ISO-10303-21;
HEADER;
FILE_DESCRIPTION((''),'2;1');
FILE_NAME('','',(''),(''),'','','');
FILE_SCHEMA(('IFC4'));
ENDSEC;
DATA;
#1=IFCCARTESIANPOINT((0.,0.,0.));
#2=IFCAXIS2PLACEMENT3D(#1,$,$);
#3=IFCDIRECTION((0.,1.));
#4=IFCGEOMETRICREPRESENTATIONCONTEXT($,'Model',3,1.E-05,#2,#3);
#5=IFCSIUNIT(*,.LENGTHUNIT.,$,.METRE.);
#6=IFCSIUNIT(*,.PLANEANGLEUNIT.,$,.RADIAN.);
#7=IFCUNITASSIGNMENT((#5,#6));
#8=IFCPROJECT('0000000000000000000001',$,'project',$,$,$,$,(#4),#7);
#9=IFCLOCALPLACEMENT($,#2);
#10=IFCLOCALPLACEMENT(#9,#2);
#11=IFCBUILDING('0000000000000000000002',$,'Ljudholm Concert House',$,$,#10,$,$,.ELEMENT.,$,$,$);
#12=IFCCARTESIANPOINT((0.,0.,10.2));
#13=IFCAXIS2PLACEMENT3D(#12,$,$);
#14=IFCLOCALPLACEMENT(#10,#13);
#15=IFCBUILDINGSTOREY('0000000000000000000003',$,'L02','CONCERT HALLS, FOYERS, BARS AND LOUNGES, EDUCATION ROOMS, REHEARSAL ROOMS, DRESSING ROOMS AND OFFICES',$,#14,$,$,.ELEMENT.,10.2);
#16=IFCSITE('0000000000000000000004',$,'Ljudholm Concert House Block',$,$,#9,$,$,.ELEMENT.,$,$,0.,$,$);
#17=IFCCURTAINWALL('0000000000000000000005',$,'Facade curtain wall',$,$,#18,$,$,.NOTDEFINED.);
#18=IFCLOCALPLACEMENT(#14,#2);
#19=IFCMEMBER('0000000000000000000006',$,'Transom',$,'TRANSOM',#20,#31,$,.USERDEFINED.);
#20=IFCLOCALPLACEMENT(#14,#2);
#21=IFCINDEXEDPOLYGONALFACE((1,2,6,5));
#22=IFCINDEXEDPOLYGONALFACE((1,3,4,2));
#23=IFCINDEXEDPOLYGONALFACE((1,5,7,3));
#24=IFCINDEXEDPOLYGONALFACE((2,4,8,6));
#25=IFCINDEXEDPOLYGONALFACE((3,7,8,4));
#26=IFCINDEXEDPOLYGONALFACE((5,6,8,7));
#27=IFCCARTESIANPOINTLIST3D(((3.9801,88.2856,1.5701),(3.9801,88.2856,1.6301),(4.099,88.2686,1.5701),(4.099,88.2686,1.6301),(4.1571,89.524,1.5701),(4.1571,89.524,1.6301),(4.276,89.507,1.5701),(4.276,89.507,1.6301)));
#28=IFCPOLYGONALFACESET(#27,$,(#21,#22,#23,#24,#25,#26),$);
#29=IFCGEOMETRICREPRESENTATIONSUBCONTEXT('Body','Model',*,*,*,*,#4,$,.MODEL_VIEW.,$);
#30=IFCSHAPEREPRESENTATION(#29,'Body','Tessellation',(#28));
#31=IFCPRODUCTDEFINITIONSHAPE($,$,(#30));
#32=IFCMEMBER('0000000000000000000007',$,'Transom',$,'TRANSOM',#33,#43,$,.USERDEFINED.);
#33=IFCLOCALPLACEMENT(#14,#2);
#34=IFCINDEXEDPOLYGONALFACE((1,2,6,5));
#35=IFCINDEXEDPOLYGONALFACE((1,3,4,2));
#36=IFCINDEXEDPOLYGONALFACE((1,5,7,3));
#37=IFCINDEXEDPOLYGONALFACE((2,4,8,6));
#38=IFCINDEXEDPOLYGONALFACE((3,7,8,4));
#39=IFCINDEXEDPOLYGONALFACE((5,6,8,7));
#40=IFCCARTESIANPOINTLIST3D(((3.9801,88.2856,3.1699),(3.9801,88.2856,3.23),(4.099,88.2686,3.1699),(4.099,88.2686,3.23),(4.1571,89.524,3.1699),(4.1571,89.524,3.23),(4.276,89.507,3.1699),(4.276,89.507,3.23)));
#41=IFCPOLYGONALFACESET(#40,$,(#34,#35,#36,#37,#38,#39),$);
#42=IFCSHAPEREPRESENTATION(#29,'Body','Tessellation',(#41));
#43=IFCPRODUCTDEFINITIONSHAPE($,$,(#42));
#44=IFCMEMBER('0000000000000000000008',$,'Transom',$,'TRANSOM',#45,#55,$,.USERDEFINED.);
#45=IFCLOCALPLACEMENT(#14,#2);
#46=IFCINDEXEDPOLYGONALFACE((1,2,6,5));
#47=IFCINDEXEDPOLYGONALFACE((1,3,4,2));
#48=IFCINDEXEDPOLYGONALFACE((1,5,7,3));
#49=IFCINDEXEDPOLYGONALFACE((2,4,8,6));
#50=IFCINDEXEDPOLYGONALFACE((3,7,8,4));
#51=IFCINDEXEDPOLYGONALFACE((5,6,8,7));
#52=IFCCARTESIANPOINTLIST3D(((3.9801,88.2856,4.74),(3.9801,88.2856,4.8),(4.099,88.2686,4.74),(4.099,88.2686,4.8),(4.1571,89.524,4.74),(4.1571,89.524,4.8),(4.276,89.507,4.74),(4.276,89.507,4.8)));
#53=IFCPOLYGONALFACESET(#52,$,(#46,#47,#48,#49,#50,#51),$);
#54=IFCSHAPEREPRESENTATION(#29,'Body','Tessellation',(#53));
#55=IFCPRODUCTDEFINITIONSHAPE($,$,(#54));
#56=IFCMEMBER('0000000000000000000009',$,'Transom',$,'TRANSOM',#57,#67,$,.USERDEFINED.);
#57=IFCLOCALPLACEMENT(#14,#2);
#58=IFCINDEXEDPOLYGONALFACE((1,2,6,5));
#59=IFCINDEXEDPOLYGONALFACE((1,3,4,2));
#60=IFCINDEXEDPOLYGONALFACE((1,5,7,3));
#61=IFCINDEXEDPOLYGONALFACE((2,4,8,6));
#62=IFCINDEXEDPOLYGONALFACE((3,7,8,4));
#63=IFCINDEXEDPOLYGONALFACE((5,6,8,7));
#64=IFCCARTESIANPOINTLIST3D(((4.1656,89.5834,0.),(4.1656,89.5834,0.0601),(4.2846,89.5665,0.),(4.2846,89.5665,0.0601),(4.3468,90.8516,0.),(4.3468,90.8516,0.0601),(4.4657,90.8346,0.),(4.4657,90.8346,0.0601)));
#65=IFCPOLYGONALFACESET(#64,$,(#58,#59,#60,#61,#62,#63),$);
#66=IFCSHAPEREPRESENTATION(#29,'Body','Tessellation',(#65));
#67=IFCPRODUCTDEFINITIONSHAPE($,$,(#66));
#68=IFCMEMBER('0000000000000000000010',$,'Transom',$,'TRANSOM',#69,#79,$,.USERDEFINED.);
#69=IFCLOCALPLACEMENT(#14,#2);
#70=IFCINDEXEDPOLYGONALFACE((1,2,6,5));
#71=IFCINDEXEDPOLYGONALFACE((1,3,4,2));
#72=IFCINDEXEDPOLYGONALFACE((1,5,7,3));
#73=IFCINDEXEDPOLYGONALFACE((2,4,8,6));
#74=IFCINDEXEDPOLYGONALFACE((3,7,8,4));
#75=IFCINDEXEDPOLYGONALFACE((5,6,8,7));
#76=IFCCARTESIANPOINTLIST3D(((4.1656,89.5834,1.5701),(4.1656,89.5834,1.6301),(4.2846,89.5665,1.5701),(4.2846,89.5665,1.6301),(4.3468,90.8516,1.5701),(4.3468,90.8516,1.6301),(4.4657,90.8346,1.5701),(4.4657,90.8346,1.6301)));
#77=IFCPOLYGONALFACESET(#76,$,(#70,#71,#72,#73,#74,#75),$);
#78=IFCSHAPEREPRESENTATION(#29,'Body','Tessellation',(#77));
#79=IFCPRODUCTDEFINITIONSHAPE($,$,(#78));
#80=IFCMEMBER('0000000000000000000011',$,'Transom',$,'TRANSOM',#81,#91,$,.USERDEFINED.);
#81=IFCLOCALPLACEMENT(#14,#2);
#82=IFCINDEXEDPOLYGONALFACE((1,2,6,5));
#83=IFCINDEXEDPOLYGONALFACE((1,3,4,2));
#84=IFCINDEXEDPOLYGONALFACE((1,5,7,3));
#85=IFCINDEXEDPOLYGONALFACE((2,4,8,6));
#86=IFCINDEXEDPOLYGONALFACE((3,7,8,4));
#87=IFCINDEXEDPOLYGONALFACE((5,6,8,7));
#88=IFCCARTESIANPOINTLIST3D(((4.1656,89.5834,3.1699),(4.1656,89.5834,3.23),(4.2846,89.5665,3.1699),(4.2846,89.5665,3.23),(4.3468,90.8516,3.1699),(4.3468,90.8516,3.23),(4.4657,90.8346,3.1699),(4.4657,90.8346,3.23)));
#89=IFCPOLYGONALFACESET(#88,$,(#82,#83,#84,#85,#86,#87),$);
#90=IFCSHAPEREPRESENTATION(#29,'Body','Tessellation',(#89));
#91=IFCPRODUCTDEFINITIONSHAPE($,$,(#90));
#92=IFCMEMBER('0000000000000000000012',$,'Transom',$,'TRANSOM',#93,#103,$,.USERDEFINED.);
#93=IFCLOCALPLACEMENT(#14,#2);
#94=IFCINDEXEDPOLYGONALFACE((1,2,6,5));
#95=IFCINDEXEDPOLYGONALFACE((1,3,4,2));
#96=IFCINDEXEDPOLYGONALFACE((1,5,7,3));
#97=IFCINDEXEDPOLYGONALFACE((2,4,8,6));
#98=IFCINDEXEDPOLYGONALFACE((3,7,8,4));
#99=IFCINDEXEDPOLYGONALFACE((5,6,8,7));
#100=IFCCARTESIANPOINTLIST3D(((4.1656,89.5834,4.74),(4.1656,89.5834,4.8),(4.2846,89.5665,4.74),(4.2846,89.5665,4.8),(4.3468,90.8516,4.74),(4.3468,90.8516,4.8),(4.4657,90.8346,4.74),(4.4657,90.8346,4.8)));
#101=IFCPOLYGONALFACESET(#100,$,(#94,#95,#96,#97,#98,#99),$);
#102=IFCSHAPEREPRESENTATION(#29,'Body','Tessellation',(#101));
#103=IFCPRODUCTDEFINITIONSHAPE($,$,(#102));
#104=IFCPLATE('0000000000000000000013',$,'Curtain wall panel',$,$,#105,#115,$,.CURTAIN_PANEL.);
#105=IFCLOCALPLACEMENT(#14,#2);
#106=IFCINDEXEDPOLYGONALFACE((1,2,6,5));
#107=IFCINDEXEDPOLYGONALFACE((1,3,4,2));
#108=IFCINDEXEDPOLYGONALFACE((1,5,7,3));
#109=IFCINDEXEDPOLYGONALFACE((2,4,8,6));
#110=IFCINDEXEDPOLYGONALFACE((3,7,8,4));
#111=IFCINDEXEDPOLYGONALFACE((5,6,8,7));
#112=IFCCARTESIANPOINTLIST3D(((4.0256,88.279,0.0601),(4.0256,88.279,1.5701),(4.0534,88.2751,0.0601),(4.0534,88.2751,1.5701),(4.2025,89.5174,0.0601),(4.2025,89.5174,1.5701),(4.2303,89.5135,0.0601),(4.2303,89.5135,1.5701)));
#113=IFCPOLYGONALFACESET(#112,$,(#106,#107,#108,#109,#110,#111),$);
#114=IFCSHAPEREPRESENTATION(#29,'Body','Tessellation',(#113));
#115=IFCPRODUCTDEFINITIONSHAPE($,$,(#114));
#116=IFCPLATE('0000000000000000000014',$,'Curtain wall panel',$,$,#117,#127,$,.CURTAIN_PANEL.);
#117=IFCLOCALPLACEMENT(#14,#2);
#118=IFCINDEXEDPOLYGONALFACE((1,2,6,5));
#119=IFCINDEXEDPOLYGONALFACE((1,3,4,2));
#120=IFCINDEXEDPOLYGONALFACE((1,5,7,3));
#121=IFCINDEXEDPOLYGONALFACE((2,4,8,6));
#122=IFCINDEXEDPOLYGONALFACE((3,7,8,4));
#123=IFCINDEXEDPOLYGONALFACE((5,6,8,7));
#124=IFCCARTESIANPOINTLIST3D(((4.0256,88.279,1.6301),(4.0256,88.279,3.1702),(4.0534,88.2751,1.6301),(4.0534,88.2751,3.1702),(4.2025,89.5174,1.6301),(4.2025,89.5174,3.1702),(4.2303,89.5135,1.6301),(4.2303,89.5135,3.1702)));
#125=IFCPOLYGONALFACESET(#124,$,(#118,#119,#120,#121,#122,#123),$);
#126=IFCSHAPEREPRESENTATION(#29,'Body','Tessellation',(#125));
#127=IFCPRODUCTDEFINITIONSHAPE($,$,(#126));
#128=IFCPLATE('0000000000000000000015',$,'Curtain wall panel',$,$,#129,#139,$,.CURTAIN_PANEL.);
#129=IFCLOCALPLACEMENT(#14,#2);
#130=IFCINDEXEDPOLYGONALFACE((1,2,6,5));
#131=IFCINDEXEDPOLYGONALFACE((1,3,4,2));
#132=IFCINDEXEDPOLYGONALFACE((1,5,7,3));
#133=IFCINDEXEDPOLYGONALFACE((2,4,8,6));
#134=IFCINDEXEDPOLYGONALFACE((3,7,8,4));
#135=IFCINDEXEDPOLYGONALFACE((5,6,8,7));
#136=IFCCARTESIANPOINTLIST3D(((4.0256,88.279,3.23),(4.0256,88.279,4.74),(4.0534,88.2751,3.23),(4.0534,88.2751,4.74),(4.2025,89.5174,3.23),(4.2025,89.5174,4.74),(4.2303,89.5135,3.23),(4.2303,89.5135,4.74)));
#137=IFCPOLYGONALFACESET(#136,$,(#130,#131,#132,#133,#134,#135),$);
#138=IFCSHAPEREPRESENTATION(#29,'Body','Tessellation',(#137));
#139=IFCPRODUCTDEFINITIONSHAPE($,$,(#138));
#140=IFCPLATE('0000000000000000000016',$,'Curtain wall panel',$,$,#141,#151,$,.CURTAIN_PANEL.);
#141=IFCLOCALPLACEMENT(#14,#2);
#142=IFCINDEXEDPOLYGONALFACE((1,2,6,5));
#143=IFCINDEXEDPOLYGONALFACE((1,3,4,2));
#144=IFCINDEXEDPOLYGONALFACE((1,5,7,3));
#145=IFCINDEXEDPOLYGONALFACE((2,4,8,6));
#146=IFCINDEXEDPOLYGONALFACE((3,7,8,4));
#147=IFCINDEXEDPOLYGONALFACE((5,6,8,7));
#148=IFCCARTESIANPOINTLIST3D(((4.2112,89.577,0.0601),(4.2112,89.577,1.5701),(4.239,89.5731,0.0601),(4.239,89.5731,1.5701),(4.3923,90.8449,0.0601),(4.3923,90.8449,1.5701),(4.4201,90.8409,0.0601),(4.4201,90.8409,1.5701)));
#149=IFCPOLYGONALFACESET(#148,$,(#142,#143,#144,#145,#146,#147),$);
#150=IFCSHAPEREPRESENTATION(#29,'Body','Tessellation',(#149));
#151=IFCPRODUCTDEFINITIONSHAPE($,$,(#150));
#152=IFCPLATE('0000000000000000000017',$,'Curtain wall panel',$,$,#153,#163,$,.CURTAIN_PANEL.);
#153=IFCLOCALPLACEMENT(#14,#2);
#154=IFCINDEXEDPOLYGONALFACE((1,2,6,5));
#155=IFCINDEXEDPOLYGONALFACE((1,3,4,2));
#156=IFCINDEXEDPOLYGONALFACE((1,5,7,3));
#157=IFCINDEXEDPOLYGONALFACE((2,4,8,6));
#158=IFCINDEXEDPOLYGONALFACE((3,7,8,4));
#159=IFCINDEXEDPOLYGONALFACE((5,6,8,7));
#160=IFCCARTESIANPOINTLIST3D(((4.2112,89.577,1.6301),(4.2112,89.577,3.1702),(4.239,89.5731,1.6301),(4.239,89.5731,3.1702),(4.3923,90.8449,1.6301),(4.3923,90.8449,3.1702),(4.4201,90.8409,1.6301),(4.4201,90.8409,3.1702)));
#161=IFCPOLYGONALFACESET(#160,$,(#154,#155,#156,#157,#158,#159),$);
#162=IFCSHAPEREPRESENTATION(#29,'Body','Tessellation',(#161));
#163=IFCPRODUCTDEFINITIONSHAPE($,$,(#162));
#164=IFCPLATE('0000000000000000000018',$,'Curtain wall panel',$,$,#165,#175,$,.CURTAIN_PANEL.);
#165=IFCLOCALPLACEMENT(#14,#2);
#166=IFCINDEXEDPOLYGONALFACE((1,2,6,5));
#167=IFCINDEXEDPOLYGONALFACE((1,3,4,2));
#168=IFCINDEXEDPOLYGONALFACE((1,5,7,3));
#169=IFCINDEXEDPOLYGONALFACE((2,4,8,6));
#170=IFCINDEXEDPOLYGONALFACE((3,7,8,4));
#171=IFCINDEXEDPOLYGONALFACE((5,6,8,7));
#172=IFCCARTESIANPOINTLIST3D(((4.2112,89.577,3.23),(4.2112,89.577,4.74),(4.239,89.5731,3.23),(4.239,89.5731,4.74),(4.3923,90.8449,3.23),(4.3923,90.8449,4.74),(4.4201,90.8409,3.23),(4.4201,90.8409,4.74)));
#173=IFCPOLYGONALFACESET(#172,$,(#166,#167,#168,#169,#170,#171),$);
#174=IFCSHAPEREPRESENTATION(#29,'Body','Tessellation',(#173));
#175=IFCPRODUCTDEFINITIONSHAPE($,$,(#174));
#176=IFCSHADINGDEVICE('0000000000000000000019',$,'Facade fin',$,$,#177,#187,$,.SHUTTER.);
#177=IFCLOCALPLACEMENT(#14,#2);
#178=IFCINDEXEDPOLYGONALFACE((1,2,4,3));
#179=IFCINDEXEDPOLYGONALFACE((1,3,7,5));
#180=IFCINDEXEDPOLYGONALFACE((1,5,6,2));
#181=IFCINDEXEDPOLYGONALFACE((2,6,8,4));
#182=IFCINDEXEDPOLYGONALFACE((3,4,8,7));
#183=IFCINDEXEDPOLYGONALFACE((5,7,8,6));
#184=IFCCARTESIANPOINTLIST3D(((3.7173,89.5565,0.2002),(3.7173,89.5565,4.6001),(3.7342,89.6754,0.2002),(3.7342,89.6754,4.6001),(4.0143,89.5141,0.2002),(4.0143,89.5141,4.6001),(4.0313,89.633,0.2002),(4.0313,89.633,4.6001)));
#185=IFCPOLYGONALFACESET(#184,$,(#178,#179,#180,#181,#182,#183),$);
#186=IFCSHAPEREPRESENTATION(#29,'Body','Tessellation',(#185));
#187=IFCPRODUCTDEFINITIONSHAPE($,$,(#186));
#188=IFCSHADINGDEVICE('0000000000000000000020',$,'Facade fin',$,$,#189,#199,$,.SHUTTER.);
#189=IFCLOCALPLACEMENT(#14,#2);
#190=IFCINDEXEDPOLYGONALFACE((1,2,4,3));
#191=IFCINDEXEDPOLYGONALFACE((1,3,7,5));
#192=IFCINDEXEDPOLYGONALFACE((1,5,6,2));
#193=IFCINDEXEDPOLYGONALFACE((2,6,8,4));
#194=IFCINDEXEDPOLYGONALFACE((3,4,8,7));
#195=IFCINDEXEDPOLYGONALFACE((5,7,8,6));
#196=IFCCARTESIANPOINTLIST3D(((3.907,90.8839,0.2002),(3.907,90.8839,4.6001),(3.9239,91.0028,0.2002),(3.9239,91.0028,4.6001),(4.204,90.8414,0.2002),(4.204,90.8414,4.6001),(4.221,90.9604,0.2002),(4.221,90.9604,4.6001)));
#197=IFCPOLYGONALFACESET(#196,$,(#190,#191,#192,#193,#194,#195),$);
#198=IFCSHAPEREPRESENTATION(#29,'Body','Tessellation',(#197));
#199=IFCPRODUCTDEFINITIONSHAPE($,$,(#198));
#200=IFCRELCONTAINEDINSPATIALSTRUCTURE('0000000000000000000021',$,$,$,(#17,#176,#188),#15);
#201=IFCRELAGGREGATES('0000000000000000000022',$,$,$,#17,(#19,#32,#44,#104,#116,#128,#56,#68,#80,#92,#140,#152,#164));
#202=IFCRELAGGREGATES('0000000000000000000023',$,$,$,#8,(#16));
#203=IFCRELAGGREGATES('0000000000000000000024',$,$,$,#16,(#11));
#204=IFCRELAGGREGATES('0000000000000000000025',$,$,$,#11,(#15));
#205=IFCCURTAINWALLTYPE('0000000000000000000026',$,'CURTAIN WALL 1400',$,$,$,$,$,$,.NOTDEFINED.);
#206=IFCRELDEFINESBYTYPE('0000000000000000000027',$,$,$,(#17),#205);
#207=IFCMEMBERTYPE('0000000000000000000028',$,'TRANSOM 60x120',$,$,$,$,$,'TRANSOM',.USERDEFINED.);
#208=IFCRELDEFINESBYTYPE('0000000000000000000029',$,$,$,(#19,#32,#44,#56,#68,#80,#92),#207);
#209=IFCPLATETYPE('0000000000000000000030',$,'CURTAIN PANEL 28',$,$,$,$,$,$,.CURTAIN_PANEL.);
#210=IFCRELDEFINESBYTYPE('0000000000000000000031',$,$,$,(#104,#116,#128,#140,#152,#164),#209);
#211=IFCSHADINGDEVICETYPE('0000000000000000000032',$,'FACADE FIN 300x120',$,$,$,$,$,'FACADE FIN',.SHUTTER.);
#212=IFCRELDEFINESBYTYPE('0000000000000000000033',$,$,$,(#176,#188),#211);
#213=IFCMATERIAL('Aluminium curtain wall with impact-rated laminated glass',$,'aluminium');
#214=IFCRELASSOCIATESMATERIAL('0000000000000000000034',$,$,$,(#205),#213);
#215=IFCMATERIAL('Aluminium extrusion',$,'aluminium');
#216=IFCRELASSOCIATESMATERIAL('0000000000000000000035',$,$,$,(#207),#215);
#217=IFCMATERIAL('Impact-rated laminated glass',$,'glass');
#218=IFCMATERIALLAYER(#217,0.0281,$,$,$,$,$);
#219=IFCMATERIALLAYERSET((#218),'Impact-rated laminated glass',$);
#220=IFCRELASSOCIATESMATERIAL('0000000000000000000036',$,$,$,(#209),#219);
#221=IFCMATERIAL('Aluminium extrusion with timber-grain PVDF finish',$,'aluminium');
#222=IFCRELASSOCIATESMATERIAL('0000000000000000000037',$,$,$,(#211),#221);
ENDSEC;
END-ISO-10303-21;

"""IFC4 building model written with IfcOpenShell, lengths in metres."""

from ifc_helpers import new_model, si_unit, direction, frame, origin, origin_2d, place, context, subcontext, project, spatial, rectangle, extrude, material, layer, layer_set, material_profile, profile_set, type_object, element, aggregate, save


model = new_model("IFC4")

# Units and contexts
model_context = context("Model", 3, precision=1e-05, world=origin(), true_north=direction((0.0, 1.0)))
body_context = subcontext(model_context, "Body", "Model", "MODEL_VIEW")
ifc_project = project(units=[si_unit("LENGTHUNIT", "METRE"), si_unit("PLANEANGLEUNIT", "RADIAN")], contexts=[model_context])

# Site, building, storey
site_placement = place(None, origin())
site = spatial("IfcSite", under=ifc_project, at=site_placement, Name="Ljudholm Concert House Block", CompositionType="ELEMENT", RefElevation=0.0)
building_placement = place(site_placement, origin())
building = spatial("IfcBuilding", under=site, at=building_placement, Name="Ljudholm Concert House", CompositionType="ELEMENT")
storey_placement = place(building_placement, frame((0.0, 0.0, 10.2)))
storey = spatial("IfcBuildingStorey", under=building, at=storey_placement, Name="L02", Description="CONCERT HALLS, FOYERS, BARS AND LOUNGES, EDUCATION ROOMS, REHEARSAL ROOMS, DRESSING ROOMS AND OFFICES", CompositionType="ELEMENT", Elevation=10.2)

# Curtain wall
ifc_material_1 = material(Name="Aluminium curtain wall with impact-rated laminated glass", Category="aluminium")
curtain_wall_type = type_object("IfcCurtainWallType", Name="CURTAIN WALL 1400", PredefinedType="NOTDEFINED", material=ifc_material_1)
curtain_wall_placement = place(storey_placement, origin())
curtain_wall = element("IfcCurtainWall", 1, at=curtain_wall_placement, inside=storey, type_object=curtain_wall_type, Name="Facade curtain wall", PredefinedType="NOTDEFINED")

# Members
ifc_material_2 = material(Name="Aluminium extrusion", Category="aluminium")
ifc_material_profile_1 = material_profile(ifc_material_2, rectangle(XDim=0.1201, YDim=0.0601, at=origin_2d()), Name="TRANSOM 60x120")
ifc_profile_set_1 = profile_set([ifc_material_profile_1], Name="Aluminium extrusion")
member_type_1 = type_object("IfcMemberType", Name="TRANSOM 60x120", ElementType="TRANSOM", PredefinedType="USERDEFINED", material=ifc_profile_set_1)
member_1_placement = place(storey_placement, frame((4.0396, 88.2771, 1.6001), z_axis=(0.141503, 0.989938, 0.0), x_axis=(-0.989938, 0.141503, 0.0)))
member_1 = element("IfcMember", 2, at=member_1_placement, type_object=member_type_1, Name="Transom", ObjectType="TRANSOM", PredefinedType="USERDEFINED", context=body_context, shape_type="SweptSolid", body=[
    extrude(rectangle(XDim=0.1201, YDim=0.0601, at=origin_2d()), origin(), (0.0, 0.0, 1.0), 1.251),
])
member_2_placement = place(storey_placement, frame((4.0396, 88.2771, 3.2), z_axis=(0.141503, 0.989938, 0.0), x_axis=(-0.989938, 0.141503, 0.0)))
member_2 = element("IfcMember", 3, at=member_2_placement, type_object=member_type_1, Name="Transom", ObjectType="TRANSOM", PredefinedType="USERDEFINED", context=body_context, shape_type="SweptSolid", body=[
    extrude(rectangle(XDim=0.1201, YDim=0.0601, at=origin_2d()), origin(), (0.0, 0.0, 1.0), 1.251),
])
member_3_placement = place(storey_placement, frame((4.0396, 88.2771, 4.77), z_axis=(0.141503, 0.989938, 0.0), x_axis=(-0.989938, 0.141503, 0.0)))
member_3 = element("IfcMember", 4, at=member_3_placement, type_object=member_type_1, Name="Transom", ObjectType="TRANSOM", PredefinedType="USERDEFINED", context=body_context, shape_type="SweptSolid", body=[
    extrude(rectangle(XDim=0.1201, YDim=0.0601, at=origin_2d()), origin(), (0.0, 0.0, 1.0), 1.251),
])
member_4_placement = place(storey_placement, frame((4.2251, 89.575, 0.03), z_axis=(0.141421, 0.989949, 0.0), x_axis=(-0.989949, 0.141421, 0.0)))
member_4 = element("IfcMember", 5, at=member_4_placement, type_object=member_type_1, Name="Transom", ObjectType="TRANSOM", PredefinedType="USERDEFINED", context=body_context, shape_type="SweptSolid", body=[
    extrude(rectangle(XDim=0.1201, YDim=0.0601, at=origin_2d()), origin(), (0.0, 0.0, 1.0), 1.281),
])
member_5_placement = place(storey_placement, frame((4.2251, 89.575, 1.6001), z_axis=(0.141421, 0.989949, 0.0), x_axis=(-0.989949, 0.141421, 0.0)))
member_5 = element("IfcMember", 6, at=member_5_placement, type_object=member_type_1, Name="Transom", ObjectType="TRANSOM", PredefinedType="USERDEFINED", context=body_context, shape_type="SweptSolid", body=[
    extrude(rectangle(XDim=0.1201, YDim=0.0601, at=origin_2d()), origin(), (0.0, 0.0, 1.0), 1.281),
])
member_6_placement = place(storey_placement, frame((4.2251, 89.575, 3.2), z_axis=(0.141421, 0.989949, 0.0), x_axis=(-0.989949, 0.141421, 0.0)))
member_6 = element("IfcMember", 7, at=member_6_placement, type_object=member_type_1, Name="Transom", ObjectType="TRANSOM", PredefinedType="USERDEFINED", context=body_context, shape_type="SweptSolid", body=[
    extrude(rectangle(XDim=0.1201, YDim=0.0601, at=origin_2d()), origin(), (0.0, 0.0, 1.0), 1.281),
])
member_7_placement = place(storey_placement, frame((4.2251, 89.575, 4.77), z_axis=(0.141421, 0.989949, 0.0), x_axis=(-0.989949, 0.141421, 0.0)))
member_7 = element("IfcMember", 8, at=member_7_placement, type_object=member_type_1, Name="Transom", ObjectType="TRANSOM", PredefinedType="USERDEFINED", context=body_context, shape_type="SweptSolid", body=[
    extrude(rectangle(XDim=0.1201, YDim=0.0601, at=origin_2d()), origin(), (0.0, 0.0, 1.0), 1.281),
])

# Plates
ifc_material_3 = material(Name="Impact-rated laminated glass", Category="glass")
ifc_layer = layer(ifc_material_3, 0.0281)
ifc_layer_set = layer_set([ifc_layer], Name="Impact-rated laminated glass")
plate_type = type_object("IfcPlateType", Name="CURTAIN PANEL 28", PredefinedType="CURTAIN_PANEL", material=ifc_layer_set)
plate_1_placement = place(storey_placement, frame((4.1279, 88.8962, 0.0601), z_axis=(0.0, 0.0, 1.0), x_axis=(0.141421, 0.989949, 0.0)))
plate_1 = element("IfcPlate", 9, at=plate_1_placement, type_object=plate_type, Name="Curtain wall panel", PredefinedType="CURTAIN_PANEL", context=body_context, shape_type="SweptSolid", body=[
    extrude(rectangle(XDim=1.251, YDim=0.0281, at=origin_2d()), origin(), (0.0, 0.0, 1.0), 1.51),
])
plate_2_placement = place(storey_placement, frame((4.1279, 88.8962, 1.6301), z_axis=(0.0, 0.0, 1.0), x_axis=(0.141421, 0.989949, 0.0)))
plate_2 = element("IfcPlate", 10, at=plate_2_placement, type_object=plate_type, Name="Curtain wall panel", PredefinedType="CURTAIN_PANEL", context=body_context, shape_type="SweptSolid", body=[
    extrude(rectangle(XDim=1.251, YDim=0.0281, at=origin_2d()), origin(), (0.0, 0.0, 1.0), 1.54),
])
plate_3_placement = place(storey_placement, frame((4.1279, 88.8962, 3.23), z_axis=(0.0, 0.0, 1.0), x_axis=(0.141421, 0.989949, 0.0)))
plate_3 = element("IfcPlate", 11, at=plate_3_placement, type_object=plate_type, Name="Curtain wall panel", PredefinedType="CURTAIN_PANEL", context=body_context, shape_type="SweptSolid", body=[
    extrude(rectangle(XDim=1.251, YDim=0.0281, at=origin_2d()), origin(), (0.0, 0.0, 1.0), 1.51),
])
plate_4_placement = place(storey_placement, frame((4.3157, 90.209, 0.0601), z_axis=(0.0, 0.0, 1.0), x_axis=(0.141421, 0.989949, 0.0)))
plate_4 = element("IfcPlate", 12, at=plate_4_placement, type_object=plate_type, Name="Curtain wall panel", PredefinedType="CURTAIN_PANEL", context=body_context, shape_type="SweptSolid", body=[
    extrude(rectangle(XDim=1.2808, YDim=0.0281, at=origin_2d()), origin(), (0.0, 0.0, 1.0), 1.51),
])
plate_5_placement = place(storey_placement, frame((4.3157, 90.209, 1.6301), z_axis=(0.0, 0.0, 1.0), x_axis=(0.141421, 0.989949, 0.0)))
plate_5 = element("IfcPlate", 13, at=plate_5_placement, type_object=plate_type, Name="Curtain wall panel", PredefinedType="CURTAIN_PANEL", context=body_context, shape_type="SweptSolid", body=[
    extrude(rectangle(XDim=1.2808, YDim=0.0281, at=origin_2d()), origin(), (0.0, 0.0, 1.0), 1.54),
])
plate_6_placement = place(storey_placement, frame((4.3157, 90.209, 3.23), z_axis=(0.0, 0.0, 1.0), x_axis=(0.141421, 0.989949, 0.0)))
plate_6 = element("IfcPlate", 14, at=plate_6_placement, type_object=plate_type, Name="Curtain wall panel", PredefinedType="CURTAIN_PANEL", context=body_context, shape_type="SweptSolid", body=[
    extrude(rectangle(XDim=1.2808, YDim=0.0281, at=origin_2d()), origin(), (0.0, 0.0, 1.0), 1.51),
])
aggregate(curtain_wall, [member_1, member_2, member_3, plate_1, plate_2, plate_3, member_4, member_5, member_6, member_7, plate_4, plate_5, plate_6])

# Shading devices
ifc_material_4 = material(Name="Aluminium extrusion with timber-grain PVDF finish", Category="aluminium")
shading_device_type = type_object("IfcShadingDeviceType", Name="FACADE FIN 300x120", ElementType="FACADE FIN", PredefinedType="SHUTTER", material=ifc_material_4)
for number, where, z_axis, x_axis, name in (
    (15, (3.8743, 89.5947, 0.2002), (0.0, 0.0, 1.0), (-0.989949, 0.141421, 0.0), "Facade fin"),
    (16, (4.064, 90.9221, 0.2002), (0.0, 0.0, 1.0), (-0.989949, 0.141421, 0.0), "Facade fin"),
):
    element("IfcShadingDevice", number, at=place(storey_placement, frame(where, z_axis=z_axis, x_axis=x_axis)), inside=storey, type_object=shading_device_type, Name=name, PredefinedType="SHUTTER", context=body_context, shape_type="SweptSolid", body=[
        extrude(rectangle(XDim=0.3, YDim=0.1201, at=origin_2d()), origin(), (0.0, 0.0, 1.0), 4.3999),
    ])

save(model, "model.ifc")
